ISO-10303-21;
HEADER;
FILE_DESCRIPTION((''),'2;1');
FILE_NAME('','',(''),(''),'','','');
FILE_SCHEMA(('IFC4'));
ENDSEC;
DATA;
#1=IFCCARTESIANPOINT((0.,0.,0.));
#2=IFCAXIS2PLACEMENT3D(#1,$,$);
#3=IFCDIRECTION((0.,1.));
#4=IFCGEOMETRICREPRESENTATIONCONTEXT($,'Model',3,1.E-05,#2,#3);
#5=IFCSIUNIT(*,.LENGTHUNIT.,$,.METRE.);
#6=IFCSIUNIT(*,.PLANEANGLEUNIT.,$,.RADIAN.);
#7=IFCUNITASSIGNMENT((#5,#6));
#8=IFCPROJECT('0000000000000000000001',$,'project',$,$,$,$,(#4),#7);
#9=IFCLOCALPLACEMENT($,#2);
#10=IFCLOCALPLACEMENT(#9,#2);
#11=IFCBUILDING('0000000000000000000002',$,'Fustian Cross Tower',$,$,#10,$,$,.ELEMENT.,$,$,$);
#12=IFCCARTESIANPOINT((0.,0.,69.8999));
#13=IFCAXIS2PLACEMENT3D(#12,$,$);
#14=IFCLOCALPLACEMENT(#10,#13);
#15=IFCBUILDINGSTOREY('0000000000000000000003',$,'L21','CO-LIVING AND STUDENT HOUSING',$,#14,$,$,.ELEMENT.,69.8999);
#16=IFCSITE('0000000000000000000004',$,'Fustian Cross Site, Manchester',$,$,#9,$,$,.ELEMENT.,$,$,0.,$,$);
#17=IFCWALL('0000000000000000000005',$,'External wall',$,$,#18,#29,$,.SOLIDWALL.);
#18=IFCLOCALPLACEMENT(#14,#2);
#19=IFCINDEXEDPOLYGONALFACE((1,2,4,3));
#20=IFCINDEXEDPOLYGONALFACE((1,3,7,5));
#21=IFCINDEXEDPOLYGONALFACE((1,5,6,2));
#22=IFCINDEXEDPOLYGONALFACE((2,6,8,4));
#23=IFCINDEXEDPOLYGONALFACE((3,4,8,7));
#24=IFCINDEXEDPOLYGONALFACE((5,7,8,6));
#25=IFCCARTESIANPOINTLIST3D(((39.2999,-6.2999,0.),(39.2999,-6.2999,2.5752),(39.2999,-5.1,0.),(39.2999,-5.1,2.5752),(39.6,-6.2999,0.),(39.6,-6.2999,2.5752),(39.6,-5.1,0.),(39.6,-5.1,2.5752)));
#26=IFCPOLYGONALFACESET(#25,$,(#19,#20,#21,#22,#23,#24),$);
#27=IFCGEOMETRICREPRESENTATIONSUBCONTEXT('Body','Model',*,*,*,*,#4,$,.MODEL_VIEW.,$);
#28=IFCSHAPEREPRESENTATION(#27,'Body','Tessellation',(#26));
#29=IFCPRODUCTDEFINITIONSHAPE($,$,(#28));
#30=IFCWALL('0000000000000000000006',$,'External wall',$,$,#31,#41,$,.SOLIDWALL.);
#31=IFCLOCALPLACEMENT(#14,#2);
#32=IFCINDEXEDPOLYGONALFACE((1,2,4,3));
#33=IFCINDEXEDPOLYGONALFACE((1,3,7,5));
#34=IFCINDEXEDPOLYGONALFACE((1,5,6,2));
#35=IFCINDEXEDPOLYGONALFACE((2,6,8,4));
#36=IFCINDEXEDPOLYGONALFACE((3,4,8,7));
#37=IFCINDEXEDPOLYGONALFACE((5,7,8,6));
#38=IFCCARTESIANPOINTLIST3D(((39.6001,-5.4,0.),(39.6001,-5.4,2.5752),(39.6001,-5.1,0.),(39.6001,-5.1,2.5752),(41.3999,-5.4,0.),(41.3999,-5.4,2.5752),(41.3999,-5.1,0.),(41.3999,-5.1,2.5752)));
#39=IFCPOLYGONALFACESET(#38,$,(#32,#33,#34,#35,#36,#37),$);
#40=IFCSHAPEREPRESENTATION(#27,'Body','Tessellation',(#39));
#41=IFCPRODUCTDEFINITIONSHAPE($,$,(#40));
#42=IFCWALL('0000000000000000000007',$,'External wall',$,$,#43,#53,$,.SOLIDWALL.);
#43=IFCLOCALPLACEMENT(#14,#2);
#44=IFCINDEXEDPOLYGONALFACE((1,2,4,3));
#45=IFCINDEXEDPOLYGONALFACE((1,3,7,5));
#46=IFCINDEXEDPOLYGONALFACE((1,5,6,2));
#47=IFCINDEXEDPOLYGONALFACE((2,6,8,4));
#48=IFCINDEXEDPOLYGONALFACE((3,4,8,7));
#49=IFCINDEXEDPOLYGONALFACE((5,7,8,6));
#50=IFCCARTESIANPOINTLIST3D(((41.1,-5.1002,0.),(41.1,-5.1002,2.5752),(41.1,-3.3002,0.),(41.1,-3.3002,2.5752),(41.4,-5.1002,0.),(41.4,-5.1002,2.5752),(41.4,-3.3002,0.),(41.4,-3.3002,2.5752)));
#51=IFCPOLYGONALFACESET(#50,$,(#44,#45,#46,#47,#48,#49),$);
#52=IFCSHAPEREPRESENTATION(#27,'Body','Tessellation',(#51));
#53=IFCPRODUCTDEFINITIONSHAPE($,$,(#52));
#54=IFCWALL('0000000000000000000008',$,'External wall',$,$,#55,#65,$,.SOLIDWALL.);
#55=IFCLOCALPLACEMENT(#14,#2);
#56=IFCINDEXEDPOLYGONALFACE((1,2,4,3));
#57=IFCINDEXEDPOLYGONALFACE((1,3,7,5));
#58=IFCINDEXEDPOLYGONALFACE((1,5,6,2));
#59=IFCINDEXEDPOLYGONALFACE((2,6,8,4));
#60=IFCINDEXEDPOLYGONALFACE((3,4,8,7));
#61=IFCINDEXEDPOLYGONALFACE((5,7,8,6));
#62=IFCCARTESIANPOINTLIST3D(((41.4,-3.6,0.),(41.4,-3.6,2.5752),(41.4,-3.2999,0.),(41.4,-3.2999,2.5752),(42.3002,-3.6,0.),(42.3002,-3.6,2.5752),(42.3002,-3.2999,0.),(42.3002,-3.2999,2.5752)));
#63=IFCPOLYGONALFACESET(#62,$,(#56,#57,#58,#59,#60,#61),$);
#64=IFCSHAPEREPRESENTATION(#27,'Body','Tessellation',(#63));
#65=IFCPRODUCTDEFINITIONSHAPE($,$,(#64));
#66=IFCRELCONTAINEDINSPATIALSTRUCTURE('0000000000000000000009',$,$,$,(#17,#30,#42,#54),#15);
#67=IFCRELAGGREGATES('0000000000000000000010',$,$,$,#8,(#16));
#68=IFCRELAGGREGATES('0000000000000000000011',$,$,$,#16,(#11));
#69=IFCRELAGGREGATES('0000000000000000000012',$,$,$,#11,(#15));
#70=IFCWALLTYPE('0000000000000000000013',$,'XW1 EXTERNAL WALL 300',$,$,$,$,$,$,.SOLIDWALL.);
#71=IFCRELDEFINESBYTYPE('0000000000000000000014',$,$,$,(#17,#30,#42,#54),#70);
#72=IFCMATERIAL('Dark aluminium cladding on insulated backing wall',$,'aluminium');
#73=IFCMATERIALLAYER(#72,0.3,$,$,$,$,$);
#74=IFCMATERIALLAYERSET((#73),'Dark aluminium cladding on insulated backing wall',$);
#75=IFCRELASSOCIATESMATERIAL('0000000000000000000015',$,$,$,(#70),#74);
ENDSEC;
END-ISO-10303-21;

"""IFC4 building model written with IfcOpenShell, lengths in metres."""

from ifc_helpers import new_model, si_unit, direction, frame, frame_2d, origin, place, context, subcontext, project, spatial, rectangle, extrude, material, layer, layer_set, type_object, element, save


model = new_model("IFC4")

# Units and contexts
model_context = context("Model", 3, precision=1e-05, world=origin(), true_north=direction((0.0, 1.0)))
body_context = subcontext(model_context, "Body", "Model", "MODEL_VIEW")
ifc_project = project(units=[si_unit("LENGTHUNIT", "METRE"), si_unit("PLANEANGLEUNIT", "RADIAN")], contexts=[model_context])

# Site, building, storey
site_placement = place(None, origin())
site = spatial("IfcSite", under=ifc_project, at=site_placement, Name="Fustian Cross Site, Manchester", CompositionType="ELEMENT", RefElevation=0.0)
building_placement = place(site_placement, origin())
building = spatial("IfcBuilding", under=site, at=building_placement, Name="Fustian Cross Tower", CompositionType="ELEMENT")
storey_placement = place(building_placement, frame((0.0, 0.0, 69.8999)))
storey = spatial("IfcBuildingStorey", under=building, at=storey_placement, Name="L21", Description="CO-LIVING AND STUDENT HOUSING", CompositionType="ELEMENT", Elevation=69.8999)

# Shared definitions
ifc_material_1 = material(Name="Dark aluminium cladding on insulated backing wall", Category="aluminium")
ifc_layer_1 = layer(ifc_material_1, 0.3)
ifc_layer_set_1 = layer_set([ifc_layer_1], Name="Dark aluminium cladding on insulated backing wall")
wall_type_1 = type_object("IfcWallType", Name="XW1 EXTERNAL WALL 300", PredefinedType="SOLIDWALL", material=ifc_layer_set_1)

# Walls
wall_1_placement = place(storey_placement, frame((39.45, -6.3, 0.0), z_axis=(0.0, 0.0, 1.0), x_axis=(0.0, 1.0, 0.0)))
element("IfcWall", 1, at=wall_1_placement, inside=storey, type_object=wall_type_1, Name="External wall", PredefinedType="SOLIDWALL", context=body_context, shape_type="SweptSolid", body=[
    extrude(rectangle(XDim=1.2, YDim=0.3, at=frame_2d((0.6001, 0.0))), origin(), (0.0, 0.0, 1.0), 2.5752),
])
wall_2_placement = place(storey_placement, frame((39.6001, -5.25, 0.0), z_axis=(0.0, 0.0, 1.0), x_axis=(1.0, 0.0, 0.0)))
element("IfcWall", 2, at=wall_2_placement, inside=storey, type_object=wall_type_1, Name="External wall", PredefinedType="SOLIDWALL", context=body_context, shape_type="SweptSolid", body=[
    extrude(rectangle(XDim=1.7998, YDim=0.3, at=frame_2d((0.8999, 0.0))), origin(), (0.0, 0.0, 1.0), 2.5752),
])
wall_3_placement = place(storey_placement, frame((41.25, -5.1001, 0.0), z_axis=(0.0, 0.0, 1.0), x_axis=(0.0, 1.0, 0.0)))
element("IfcWall", 3, at=wall_3_placement, inside=storey, type_object=wall_type_1, Name="External wall", PredefinedType="SOLIDWALL", context=body_context, shape_type="SweptSolid", body=[
    extrude(rectangle(XDim=1.8, YDim=0.3, at=frame_2d((0.8999, 0.0))), origin(), (0.0, 0.0, 1.0), 2.5752),
])
wall_4_placement = place(storey_placement, frame((41.3999, -3.45, 0.0), z_axis=(0.0, 0.0, 1.0), x_axis=(1.0, 0.0, 0.0)))
element("IfcWall", 4, at=wall_4_placement, inside=storey, type_object=wall_type_1, Name="External wall", PredefinedType="SOLIDWALL", context=body_context, shape_type="SweptSolid", body=[
    extrude(rectangle(XDim=0.9001, YDim=0.3, at=frame_2d((0.4502, 0.0))), origin(), (0.0, 0.0, 1.0), 2.5752),
])

save(model, "model.ifc")
